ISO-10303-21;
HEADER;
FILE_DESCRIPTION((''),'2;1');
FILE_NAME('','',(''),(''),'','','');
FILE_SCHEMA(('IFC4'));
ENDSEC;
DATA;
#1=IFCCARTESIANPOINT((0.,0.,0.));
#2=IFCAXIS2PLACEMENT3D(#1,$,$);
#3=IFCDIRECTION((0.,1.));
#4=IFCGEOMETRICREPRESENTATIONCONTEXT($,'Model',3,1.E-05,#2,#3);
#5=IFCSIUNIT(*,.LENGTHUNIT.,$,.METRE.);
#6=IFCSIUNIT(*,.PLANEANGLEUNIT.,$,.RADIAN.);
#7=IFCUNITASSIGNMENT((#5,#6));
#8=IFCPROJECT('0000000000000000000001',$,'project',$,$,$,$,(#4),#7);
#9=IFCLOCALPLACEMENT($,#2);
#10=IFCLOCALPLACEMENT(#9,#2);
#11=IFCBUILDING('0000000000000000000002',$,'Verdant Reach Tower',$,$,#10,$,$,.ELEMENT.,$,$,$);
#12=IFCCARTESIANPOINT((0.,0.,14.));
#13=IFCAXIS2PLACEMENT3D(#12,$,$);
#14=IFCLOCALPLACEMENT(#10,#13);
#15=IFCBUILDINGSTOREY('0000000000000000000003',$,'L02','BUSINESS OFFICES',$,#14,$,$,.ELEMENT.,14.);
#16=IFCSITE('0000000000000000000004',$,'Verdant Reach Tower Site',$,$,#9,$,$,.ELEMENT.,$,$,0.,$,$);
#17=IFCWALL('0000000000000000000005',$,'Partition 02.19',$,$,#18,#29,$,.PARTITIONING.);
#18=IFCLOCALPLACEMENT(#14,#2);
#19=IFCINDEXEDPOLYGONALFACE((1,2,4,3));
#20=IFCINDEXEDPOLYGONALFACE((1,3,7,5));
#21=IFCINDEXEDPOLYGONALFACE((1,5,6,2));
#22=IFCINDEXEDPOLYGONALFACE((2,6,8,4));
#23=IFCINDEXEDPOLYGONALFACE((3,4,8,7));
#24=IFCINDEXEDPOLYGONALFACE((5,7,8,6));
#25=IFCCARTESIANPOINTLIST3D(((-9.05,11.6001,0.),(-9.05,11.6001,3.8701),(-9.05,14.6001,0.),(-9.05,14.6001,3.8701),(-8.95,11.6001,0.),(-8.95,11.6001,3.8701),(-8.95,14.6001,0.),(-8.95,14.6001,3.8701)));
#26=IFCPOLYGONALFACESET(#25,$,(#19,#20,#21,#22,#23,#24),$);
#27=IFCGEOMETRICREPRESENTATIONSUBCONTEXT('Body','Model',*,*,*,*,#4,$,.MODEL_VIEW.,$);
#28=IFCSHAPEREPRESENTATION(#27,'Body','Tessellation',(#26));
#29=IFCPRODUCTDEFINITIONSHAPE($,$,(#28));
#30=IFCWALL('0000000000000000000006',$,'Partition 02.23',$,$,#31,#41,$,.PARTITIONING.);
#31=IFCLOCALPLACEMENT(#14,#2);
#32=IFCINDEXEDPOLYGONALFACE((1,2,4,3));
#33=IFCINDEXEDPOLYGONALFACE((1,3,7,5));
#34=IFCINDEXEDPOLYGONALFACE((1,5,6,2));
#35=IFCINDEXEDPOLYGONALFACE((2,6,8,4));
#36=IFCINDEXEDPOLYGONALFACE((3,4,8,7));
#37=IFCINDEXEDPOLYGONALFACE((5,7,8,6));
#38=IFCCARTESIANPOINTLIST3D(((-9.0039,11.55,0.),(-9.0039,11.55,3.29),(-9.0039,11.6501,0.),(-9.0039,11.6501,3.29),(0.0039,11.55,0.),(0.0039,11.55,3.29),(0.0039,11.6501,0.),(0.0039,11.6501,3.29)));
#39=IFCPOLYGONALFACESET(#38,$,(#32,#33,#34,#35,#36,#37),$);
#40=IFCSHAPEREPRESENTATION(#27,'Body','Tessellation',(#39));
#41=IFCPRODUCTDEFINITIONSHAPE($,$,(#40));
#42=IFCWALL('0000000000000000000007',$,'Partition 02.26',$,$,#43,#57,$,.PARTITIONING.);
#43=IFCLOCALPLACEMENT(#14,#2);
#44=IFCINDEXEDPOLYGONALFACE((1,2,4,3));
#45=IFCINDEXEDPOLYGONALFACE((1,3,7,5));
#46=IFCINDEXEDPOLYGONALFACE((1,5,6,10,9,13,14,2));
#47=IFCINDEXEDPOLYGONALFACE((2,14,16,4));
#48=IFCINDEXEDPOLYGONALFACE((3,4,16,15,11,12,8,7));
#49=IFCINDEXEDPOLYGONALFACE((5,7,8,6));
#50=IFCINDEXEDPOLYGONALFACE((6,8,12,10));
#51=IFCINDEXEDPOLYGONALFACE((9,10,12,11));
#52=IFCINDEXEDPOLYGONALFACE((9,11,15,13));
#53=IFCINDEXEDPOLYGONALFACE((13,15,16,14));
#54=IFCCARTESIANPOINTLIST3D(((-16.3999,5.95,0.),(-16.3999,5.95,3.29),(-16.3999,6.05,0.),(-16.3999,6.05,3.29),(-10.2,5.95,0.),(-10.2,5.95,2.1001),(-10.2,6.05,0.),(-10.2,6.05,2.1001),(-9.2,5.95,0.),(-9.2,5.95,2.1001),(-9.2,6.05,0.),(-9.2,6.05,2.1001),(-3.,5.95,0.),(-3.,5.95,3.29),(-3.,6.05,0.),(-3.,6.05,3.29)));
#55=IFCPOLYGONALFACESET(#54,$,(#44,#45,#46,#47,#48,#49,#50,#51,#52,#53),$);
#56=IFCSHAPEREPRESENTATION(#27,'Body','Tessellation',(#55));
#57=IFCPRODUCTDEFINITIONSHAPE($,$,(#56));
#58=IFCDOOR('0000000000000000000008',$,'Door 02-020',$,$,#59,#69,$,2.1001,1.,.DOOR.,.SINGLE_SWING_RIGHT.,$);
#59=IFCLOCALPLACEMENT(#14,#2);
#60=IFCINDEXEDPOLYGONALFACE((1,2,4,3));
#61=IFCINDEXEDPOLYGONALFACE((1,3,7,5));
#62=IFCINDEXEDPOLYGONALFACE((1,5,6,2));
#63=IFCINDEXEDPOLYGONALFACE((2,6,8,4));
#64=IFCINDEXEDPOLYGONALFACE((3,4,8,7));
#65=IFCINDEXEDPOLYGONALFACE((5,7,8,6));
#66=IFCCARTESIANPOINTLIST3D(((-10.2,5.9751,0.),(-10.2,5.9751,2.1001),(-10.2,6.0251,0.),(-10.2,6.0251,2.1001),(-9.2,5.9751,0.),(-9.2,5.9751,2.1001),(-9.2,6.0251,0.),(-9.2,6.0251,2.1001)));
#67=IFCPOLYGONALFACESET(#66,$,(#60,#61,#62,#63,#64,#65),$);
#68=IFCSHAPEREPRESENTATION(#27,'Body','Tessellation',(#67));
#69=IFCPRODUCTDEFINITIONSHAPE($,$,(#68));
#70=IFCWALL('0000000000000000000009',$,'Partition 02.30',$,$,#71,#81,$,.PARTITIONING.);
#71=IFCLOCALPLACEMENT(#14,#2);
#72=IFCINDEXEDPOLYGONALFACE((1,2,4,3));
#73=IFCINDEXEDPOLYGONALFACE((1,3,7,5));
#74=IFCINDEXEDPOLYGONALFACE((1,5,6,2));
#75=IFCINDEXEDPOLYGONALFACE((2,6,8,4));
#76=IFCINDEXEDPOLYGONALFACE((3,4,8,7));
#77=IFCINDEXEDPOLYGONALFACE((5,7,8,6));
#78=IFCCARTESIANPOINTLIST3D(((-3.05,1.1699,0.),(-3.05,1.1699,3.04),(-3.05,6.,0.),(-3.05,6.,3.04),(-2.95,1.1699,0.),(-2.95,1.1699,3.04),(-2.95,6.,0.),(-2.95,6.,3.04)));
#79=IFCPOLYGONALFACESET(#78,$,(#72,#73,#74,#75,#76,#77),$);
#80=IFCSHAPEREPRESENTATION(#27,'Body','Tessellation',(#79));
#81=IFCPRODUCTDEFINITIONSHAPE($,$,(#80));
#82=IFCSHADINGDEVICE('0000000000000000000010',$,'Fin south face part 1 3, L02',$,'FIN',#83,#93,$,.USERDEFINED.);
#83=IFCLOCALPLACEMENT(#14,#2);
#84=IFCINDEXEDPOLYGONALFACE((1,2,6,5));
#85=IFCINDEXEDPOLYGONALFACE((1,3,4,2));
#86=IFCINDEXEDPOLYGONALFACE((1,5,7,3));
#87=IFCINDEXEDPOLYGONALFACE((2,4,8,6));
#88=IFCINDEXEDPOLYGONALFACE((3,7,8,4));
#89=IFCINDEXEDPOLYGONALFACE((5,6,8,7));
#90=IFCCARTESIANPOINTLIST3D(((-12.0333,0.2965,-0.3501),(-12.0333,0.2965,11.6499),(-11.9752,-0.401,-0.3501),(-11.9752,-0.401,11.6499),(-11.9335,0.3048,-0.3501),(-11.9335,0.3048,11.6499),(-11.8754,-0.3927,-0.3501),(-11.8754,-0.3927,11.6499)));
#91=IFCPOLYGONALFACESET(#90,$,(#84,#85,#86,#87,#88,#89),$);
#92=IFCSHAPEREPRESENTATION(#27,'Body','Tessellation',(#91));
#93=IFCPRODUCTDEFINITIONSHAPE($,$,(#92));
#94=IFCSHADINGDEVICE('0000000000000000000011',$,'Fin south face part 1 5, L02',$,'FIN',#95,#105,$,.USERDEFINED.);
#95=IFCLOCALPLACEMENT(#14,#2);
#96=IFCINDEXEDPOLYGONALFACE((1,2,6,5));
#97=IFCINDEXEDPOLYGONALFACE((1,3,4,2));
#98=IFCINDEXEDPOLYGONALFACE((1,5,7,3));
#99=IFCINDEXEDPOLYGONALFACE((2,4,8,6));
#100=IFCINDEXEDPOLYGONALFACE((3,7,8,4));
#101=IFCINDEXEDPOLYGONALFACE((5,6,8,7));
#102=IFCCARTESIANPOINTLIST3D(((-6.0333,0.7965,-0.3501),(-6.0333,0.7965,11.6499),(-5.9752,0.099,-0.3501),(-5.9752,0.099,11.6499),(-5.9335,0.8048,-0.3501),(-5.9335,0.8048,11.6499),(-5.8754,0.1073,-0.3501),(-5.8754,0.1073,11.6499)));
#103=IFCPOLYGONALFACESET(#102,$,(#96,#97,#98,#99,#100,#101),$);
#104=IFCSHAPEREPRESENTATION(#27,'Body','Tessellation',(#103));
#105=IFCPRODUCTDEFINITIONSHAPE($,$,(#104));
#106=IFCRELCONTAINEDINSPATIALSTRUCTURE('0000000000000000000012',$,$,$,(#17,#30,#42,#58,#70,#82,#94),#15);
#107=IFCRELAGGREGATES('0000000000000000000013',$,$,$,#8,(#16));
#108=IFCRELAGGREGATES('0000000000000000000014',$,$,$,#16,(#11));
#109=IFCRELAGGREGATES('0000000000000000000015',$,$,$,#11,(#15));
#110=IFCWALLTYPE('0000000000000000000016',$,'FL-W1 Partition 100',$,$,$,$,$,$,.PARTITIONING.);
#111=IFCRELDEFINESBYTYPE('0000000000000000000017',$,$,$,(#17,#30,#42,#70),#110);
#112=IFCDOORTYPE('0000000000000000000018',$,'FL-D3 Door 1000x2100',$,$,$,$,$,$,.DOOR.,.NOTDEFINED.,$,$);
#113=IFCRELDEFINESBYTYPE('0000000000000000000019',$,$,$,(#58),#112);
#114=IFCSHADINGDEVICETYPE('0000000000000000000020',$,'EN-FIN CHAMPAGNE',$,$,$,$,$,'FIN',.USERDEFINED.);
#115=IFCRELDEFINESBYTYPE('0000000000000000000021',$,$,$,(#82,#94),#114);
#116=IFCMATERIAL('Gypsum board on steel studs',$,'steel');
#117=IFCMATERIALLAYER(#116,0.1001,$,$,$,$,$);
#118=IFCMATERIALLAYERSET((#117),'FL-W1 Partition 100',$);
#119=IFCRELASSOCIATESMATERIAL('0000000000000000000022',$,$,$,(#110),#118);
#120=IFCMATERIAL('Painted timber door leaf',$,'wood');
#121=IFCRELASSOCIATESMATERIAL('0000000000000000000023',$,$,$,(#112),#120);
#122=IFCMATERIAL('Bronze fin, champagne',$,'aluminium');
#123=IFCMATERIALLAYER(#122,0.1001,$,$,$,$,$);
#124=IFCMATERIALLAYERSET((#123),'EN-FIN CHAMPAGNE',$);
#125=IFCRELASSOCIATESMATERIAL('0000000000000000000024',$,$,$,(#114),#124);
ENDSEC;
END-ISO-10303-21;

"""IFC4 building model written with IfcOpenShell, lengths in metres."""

from ifc_helpers import new_model, si_unit, direction, frame, frame_2d, origin, origin_2d, place, context, subcontext, project, spatial, rectangle, extrude, material, layer, layer_set, type_object, element, fill, save


model = new_model("IFC4")

# Units and contexts
model_context = context("Model", 3, precision=1e-05, world=origin(), true_north=direction((0.0, 1.0)))
body_context = subcontext(model_context, "Body", "Model", "MODEL_VIEW")
ifc_project = project(units=[si_unit("LENGTHUNIT", "METRE"), si_unit("PLANEANGLEUNIT", "RADIAN")], contexts=[model_context])

# Site, building, storey
site_placement = place(None, origin())
site = spatial("IfcSite", under=ifc_project, at=site_placement, Name="Verdant Reach Tower Site", CompositionType="ELEMENT", RefElevation=0.0)
building_placement = place(site_placement, origin())
building = spatial("IfcBuilding", under=site, at=building_placement, Name="Verdant Reach Tower", CompositionType="ELEMENT")
storey_placement = place(building_placement, frame((0.0, 0.0, 14.0)))
storey = spatial("IfcBuildingStorey", under=building, at=storey_placement, Name="L02", Description="BUSINESS OFFICES", CompositionType="ELEMENT", Elevation=14.0)

# Walls
ifc_material_1 = material(Name="Gypsum board on steel studs", Category="steel")
ifc_layer_1 = layer(ifc_material_1, 0.1001)
ifc_layer_set_1 = layer_set([ifc_layer_1], Name="FL-W1 Partition 100")
wall_type = type_object("IfcWallType", Name="FL-W1 Partition 100", PredefinedType="PARTITIONING", material=ifc_layer_set_1)
wall_1_placement = place(storey_placement, frame((-9.0, 11.6001, 0.0), z_axis=(0.0, 0.0, 1.0), x_axis=(0.0, 1.0, 0.0)))
element("IfcWall", 1, at=wall_1_placement, inside=storey, type_object=wall_type, Name="Partition 02.19", PredefinedType="PARTITIONING", context=body_context, shape_type="SweptSolid", body=[
    extrude(rectangle(XDim=3.0, YDim=0.1001, at=frame_2d((1.5, 0.0))), origin(), (0.0, 0.0, 1.0), 3.8701),
])
wall_2_placement = place(storey_placement, frame((-9.0039, 11.6001, 0.0), z_axis=(0.0, 0.0, 1.0), x_axis=(1.0, 0.0, 0.0)))
element("IfcWall", 2, at=wall_2_placement, inside=storey, type_object=wall_type, Name="Partition 02.23", PredefinedType="PARTITIONING", context=body_context, shape_type="SweptSolid", body=[
    extrude(rectangle(XDim=9.0078, YDim=0.1001, at=frame_2d((4.5039, 0.0))), origin(), (0.0, 0.0, 1.0), 3.29),
])

# Wall, opening, door
wall_3_placement = place(storey_placement, frame((-3.0, 6.0, 0.0), z_axis=(0.0, 0.0, 1.0), x_axis=(-1.0, 0.0, 0.0)))
wall_3 = element("IfcWall", 3, at=wall_3_placement, inside=storey, type_object=wall_type, Name="Partition 02.26", PredefinedType="PARTITIONING", context=body_context, shape_type="SweptSolid", body=[
    extrude(rectangle(XDim=13.3999, YDim=0.1001, at=frame_2d((6.7, 0.0))), origin(), (0.0, 0.0, 1.0), 3.29),
])
opening_placement = place(wall_3_placement, frame((6.2, 0.0, 0.0)))
opening = element("IfcOpeningElement", 4, at=opening_placement, cuts=wall_3, PredefinedType="OPENING", context=body_context, shape_type="SweptSolid", body=[
    extrude(rectangle(XDim=1.0, YDim=2.1001, at=frame_2d((0.5, 1.05))), frame((0.0, 0.0601, 0.0), z_axis=(0.0, -1.0, 0.0), x_axis=(1.0, 0.0, 0.0)), (0.0, 0.0, 1.0), 0.1201),
])
ifc_material_2 = material(Name="Painted timber door leaf", Category="wood")
door_type = type_object("IfcDoorType", Name="FL-D3 Door 1000x2100", OperationType="NOTDEFINED", PredefinedType="DOOR", material=ifc_material_2)
door_placement = place(opening_placement, origin())
door = element("IfcDoor", 5, at=door_placement, inside=storey, type_object=door_type, Name="Door 02-020", OperationType="SINGLE_SWING_RIGHT", OverallHeight=2.1001, OverallWidth=1.0, PredefinedType="DOOR", context=body_context, shape_type="SweptSolid", body=[
    extrude(rectangle(XDim=1.0, YDim=2.1001, at=frame_2d((0.5, 1.05))), frame((0.0, 0.0249, 0.0), z_axis=(0.0, -1.0, 0.0), x_axis=(1.0, 0.0, 0.0)), (0.0, 0.0, 1.0), 0.05),
])
fill(opening, door)

# Wall
wall_4_placement = place(storey_placement, frame((-3.0, 1.1699, 0.0), z_axis=(0.0, 0.0, 1.0), x_axis=(0.0, 1.0, 0.0)))
element("IfcWall", 6, at=wall_4_placement, inside=storey, type_object=wall_type, Name="Partition 02.30", PredefinedType="PARTITIONING", context=body_context, shape_type="SweptSolid", body=[
    extrude(rectangle(XDim=4.8301, YDim=0.1001, at=frame_2d((2.415, 0.0))), origin(), (0.0, 0.0, 1.0), 3.04),
])

# Shading devices
ifc_material_3 = material(Name="Bronze fin, champagne", Category="aluminium")
ifc_layer_2 = layer(ifc_material_3, 0.1001)
ifc_layer_set_2 = layer_set([ifc_layer_2], Name="EN-FIN CHAMPAGNE")
shading_device_type = type_object("IfcShadingDeviceType", Name="EN-FIN CHAMPAGNE", ElementType="FIN", PredefinedType="USERDEFINED", material=ifc_layer_set_2)
for number, where, z_axis, x_axis, name in (
    (7, (-11.9543, -0.0481, -0.3501), (0.0, 0.0, 1.0), (0.996546, 0.083045, 0.0), "Fin south face part 1 3, L02"),
    (8, (-5.9543, 0.4519, -0.3501), (0.0, 0.0, 1.0), (0.996546, 0.083045, 0.0), "Fin south face part 1 5, L02"),
):
    element("IfcShadingDevice", number, at=place(storey_placement, frame(where, z_axis=z_axis, x_axis=x_axis)), inside=storey, type_object=shading_device_type, Name=name, ObjectType="FIN", PredefinedType="USERDEFINED", context=body_context, shape_type="SweptSolid", body=[
        extrude(rectangle(XDim=0.1001, YDim=0.7, at=origin_2d()), origin(), (0.0, 0.0, 1.0), 12.0),
    ])

save(model, "model.ifc")
